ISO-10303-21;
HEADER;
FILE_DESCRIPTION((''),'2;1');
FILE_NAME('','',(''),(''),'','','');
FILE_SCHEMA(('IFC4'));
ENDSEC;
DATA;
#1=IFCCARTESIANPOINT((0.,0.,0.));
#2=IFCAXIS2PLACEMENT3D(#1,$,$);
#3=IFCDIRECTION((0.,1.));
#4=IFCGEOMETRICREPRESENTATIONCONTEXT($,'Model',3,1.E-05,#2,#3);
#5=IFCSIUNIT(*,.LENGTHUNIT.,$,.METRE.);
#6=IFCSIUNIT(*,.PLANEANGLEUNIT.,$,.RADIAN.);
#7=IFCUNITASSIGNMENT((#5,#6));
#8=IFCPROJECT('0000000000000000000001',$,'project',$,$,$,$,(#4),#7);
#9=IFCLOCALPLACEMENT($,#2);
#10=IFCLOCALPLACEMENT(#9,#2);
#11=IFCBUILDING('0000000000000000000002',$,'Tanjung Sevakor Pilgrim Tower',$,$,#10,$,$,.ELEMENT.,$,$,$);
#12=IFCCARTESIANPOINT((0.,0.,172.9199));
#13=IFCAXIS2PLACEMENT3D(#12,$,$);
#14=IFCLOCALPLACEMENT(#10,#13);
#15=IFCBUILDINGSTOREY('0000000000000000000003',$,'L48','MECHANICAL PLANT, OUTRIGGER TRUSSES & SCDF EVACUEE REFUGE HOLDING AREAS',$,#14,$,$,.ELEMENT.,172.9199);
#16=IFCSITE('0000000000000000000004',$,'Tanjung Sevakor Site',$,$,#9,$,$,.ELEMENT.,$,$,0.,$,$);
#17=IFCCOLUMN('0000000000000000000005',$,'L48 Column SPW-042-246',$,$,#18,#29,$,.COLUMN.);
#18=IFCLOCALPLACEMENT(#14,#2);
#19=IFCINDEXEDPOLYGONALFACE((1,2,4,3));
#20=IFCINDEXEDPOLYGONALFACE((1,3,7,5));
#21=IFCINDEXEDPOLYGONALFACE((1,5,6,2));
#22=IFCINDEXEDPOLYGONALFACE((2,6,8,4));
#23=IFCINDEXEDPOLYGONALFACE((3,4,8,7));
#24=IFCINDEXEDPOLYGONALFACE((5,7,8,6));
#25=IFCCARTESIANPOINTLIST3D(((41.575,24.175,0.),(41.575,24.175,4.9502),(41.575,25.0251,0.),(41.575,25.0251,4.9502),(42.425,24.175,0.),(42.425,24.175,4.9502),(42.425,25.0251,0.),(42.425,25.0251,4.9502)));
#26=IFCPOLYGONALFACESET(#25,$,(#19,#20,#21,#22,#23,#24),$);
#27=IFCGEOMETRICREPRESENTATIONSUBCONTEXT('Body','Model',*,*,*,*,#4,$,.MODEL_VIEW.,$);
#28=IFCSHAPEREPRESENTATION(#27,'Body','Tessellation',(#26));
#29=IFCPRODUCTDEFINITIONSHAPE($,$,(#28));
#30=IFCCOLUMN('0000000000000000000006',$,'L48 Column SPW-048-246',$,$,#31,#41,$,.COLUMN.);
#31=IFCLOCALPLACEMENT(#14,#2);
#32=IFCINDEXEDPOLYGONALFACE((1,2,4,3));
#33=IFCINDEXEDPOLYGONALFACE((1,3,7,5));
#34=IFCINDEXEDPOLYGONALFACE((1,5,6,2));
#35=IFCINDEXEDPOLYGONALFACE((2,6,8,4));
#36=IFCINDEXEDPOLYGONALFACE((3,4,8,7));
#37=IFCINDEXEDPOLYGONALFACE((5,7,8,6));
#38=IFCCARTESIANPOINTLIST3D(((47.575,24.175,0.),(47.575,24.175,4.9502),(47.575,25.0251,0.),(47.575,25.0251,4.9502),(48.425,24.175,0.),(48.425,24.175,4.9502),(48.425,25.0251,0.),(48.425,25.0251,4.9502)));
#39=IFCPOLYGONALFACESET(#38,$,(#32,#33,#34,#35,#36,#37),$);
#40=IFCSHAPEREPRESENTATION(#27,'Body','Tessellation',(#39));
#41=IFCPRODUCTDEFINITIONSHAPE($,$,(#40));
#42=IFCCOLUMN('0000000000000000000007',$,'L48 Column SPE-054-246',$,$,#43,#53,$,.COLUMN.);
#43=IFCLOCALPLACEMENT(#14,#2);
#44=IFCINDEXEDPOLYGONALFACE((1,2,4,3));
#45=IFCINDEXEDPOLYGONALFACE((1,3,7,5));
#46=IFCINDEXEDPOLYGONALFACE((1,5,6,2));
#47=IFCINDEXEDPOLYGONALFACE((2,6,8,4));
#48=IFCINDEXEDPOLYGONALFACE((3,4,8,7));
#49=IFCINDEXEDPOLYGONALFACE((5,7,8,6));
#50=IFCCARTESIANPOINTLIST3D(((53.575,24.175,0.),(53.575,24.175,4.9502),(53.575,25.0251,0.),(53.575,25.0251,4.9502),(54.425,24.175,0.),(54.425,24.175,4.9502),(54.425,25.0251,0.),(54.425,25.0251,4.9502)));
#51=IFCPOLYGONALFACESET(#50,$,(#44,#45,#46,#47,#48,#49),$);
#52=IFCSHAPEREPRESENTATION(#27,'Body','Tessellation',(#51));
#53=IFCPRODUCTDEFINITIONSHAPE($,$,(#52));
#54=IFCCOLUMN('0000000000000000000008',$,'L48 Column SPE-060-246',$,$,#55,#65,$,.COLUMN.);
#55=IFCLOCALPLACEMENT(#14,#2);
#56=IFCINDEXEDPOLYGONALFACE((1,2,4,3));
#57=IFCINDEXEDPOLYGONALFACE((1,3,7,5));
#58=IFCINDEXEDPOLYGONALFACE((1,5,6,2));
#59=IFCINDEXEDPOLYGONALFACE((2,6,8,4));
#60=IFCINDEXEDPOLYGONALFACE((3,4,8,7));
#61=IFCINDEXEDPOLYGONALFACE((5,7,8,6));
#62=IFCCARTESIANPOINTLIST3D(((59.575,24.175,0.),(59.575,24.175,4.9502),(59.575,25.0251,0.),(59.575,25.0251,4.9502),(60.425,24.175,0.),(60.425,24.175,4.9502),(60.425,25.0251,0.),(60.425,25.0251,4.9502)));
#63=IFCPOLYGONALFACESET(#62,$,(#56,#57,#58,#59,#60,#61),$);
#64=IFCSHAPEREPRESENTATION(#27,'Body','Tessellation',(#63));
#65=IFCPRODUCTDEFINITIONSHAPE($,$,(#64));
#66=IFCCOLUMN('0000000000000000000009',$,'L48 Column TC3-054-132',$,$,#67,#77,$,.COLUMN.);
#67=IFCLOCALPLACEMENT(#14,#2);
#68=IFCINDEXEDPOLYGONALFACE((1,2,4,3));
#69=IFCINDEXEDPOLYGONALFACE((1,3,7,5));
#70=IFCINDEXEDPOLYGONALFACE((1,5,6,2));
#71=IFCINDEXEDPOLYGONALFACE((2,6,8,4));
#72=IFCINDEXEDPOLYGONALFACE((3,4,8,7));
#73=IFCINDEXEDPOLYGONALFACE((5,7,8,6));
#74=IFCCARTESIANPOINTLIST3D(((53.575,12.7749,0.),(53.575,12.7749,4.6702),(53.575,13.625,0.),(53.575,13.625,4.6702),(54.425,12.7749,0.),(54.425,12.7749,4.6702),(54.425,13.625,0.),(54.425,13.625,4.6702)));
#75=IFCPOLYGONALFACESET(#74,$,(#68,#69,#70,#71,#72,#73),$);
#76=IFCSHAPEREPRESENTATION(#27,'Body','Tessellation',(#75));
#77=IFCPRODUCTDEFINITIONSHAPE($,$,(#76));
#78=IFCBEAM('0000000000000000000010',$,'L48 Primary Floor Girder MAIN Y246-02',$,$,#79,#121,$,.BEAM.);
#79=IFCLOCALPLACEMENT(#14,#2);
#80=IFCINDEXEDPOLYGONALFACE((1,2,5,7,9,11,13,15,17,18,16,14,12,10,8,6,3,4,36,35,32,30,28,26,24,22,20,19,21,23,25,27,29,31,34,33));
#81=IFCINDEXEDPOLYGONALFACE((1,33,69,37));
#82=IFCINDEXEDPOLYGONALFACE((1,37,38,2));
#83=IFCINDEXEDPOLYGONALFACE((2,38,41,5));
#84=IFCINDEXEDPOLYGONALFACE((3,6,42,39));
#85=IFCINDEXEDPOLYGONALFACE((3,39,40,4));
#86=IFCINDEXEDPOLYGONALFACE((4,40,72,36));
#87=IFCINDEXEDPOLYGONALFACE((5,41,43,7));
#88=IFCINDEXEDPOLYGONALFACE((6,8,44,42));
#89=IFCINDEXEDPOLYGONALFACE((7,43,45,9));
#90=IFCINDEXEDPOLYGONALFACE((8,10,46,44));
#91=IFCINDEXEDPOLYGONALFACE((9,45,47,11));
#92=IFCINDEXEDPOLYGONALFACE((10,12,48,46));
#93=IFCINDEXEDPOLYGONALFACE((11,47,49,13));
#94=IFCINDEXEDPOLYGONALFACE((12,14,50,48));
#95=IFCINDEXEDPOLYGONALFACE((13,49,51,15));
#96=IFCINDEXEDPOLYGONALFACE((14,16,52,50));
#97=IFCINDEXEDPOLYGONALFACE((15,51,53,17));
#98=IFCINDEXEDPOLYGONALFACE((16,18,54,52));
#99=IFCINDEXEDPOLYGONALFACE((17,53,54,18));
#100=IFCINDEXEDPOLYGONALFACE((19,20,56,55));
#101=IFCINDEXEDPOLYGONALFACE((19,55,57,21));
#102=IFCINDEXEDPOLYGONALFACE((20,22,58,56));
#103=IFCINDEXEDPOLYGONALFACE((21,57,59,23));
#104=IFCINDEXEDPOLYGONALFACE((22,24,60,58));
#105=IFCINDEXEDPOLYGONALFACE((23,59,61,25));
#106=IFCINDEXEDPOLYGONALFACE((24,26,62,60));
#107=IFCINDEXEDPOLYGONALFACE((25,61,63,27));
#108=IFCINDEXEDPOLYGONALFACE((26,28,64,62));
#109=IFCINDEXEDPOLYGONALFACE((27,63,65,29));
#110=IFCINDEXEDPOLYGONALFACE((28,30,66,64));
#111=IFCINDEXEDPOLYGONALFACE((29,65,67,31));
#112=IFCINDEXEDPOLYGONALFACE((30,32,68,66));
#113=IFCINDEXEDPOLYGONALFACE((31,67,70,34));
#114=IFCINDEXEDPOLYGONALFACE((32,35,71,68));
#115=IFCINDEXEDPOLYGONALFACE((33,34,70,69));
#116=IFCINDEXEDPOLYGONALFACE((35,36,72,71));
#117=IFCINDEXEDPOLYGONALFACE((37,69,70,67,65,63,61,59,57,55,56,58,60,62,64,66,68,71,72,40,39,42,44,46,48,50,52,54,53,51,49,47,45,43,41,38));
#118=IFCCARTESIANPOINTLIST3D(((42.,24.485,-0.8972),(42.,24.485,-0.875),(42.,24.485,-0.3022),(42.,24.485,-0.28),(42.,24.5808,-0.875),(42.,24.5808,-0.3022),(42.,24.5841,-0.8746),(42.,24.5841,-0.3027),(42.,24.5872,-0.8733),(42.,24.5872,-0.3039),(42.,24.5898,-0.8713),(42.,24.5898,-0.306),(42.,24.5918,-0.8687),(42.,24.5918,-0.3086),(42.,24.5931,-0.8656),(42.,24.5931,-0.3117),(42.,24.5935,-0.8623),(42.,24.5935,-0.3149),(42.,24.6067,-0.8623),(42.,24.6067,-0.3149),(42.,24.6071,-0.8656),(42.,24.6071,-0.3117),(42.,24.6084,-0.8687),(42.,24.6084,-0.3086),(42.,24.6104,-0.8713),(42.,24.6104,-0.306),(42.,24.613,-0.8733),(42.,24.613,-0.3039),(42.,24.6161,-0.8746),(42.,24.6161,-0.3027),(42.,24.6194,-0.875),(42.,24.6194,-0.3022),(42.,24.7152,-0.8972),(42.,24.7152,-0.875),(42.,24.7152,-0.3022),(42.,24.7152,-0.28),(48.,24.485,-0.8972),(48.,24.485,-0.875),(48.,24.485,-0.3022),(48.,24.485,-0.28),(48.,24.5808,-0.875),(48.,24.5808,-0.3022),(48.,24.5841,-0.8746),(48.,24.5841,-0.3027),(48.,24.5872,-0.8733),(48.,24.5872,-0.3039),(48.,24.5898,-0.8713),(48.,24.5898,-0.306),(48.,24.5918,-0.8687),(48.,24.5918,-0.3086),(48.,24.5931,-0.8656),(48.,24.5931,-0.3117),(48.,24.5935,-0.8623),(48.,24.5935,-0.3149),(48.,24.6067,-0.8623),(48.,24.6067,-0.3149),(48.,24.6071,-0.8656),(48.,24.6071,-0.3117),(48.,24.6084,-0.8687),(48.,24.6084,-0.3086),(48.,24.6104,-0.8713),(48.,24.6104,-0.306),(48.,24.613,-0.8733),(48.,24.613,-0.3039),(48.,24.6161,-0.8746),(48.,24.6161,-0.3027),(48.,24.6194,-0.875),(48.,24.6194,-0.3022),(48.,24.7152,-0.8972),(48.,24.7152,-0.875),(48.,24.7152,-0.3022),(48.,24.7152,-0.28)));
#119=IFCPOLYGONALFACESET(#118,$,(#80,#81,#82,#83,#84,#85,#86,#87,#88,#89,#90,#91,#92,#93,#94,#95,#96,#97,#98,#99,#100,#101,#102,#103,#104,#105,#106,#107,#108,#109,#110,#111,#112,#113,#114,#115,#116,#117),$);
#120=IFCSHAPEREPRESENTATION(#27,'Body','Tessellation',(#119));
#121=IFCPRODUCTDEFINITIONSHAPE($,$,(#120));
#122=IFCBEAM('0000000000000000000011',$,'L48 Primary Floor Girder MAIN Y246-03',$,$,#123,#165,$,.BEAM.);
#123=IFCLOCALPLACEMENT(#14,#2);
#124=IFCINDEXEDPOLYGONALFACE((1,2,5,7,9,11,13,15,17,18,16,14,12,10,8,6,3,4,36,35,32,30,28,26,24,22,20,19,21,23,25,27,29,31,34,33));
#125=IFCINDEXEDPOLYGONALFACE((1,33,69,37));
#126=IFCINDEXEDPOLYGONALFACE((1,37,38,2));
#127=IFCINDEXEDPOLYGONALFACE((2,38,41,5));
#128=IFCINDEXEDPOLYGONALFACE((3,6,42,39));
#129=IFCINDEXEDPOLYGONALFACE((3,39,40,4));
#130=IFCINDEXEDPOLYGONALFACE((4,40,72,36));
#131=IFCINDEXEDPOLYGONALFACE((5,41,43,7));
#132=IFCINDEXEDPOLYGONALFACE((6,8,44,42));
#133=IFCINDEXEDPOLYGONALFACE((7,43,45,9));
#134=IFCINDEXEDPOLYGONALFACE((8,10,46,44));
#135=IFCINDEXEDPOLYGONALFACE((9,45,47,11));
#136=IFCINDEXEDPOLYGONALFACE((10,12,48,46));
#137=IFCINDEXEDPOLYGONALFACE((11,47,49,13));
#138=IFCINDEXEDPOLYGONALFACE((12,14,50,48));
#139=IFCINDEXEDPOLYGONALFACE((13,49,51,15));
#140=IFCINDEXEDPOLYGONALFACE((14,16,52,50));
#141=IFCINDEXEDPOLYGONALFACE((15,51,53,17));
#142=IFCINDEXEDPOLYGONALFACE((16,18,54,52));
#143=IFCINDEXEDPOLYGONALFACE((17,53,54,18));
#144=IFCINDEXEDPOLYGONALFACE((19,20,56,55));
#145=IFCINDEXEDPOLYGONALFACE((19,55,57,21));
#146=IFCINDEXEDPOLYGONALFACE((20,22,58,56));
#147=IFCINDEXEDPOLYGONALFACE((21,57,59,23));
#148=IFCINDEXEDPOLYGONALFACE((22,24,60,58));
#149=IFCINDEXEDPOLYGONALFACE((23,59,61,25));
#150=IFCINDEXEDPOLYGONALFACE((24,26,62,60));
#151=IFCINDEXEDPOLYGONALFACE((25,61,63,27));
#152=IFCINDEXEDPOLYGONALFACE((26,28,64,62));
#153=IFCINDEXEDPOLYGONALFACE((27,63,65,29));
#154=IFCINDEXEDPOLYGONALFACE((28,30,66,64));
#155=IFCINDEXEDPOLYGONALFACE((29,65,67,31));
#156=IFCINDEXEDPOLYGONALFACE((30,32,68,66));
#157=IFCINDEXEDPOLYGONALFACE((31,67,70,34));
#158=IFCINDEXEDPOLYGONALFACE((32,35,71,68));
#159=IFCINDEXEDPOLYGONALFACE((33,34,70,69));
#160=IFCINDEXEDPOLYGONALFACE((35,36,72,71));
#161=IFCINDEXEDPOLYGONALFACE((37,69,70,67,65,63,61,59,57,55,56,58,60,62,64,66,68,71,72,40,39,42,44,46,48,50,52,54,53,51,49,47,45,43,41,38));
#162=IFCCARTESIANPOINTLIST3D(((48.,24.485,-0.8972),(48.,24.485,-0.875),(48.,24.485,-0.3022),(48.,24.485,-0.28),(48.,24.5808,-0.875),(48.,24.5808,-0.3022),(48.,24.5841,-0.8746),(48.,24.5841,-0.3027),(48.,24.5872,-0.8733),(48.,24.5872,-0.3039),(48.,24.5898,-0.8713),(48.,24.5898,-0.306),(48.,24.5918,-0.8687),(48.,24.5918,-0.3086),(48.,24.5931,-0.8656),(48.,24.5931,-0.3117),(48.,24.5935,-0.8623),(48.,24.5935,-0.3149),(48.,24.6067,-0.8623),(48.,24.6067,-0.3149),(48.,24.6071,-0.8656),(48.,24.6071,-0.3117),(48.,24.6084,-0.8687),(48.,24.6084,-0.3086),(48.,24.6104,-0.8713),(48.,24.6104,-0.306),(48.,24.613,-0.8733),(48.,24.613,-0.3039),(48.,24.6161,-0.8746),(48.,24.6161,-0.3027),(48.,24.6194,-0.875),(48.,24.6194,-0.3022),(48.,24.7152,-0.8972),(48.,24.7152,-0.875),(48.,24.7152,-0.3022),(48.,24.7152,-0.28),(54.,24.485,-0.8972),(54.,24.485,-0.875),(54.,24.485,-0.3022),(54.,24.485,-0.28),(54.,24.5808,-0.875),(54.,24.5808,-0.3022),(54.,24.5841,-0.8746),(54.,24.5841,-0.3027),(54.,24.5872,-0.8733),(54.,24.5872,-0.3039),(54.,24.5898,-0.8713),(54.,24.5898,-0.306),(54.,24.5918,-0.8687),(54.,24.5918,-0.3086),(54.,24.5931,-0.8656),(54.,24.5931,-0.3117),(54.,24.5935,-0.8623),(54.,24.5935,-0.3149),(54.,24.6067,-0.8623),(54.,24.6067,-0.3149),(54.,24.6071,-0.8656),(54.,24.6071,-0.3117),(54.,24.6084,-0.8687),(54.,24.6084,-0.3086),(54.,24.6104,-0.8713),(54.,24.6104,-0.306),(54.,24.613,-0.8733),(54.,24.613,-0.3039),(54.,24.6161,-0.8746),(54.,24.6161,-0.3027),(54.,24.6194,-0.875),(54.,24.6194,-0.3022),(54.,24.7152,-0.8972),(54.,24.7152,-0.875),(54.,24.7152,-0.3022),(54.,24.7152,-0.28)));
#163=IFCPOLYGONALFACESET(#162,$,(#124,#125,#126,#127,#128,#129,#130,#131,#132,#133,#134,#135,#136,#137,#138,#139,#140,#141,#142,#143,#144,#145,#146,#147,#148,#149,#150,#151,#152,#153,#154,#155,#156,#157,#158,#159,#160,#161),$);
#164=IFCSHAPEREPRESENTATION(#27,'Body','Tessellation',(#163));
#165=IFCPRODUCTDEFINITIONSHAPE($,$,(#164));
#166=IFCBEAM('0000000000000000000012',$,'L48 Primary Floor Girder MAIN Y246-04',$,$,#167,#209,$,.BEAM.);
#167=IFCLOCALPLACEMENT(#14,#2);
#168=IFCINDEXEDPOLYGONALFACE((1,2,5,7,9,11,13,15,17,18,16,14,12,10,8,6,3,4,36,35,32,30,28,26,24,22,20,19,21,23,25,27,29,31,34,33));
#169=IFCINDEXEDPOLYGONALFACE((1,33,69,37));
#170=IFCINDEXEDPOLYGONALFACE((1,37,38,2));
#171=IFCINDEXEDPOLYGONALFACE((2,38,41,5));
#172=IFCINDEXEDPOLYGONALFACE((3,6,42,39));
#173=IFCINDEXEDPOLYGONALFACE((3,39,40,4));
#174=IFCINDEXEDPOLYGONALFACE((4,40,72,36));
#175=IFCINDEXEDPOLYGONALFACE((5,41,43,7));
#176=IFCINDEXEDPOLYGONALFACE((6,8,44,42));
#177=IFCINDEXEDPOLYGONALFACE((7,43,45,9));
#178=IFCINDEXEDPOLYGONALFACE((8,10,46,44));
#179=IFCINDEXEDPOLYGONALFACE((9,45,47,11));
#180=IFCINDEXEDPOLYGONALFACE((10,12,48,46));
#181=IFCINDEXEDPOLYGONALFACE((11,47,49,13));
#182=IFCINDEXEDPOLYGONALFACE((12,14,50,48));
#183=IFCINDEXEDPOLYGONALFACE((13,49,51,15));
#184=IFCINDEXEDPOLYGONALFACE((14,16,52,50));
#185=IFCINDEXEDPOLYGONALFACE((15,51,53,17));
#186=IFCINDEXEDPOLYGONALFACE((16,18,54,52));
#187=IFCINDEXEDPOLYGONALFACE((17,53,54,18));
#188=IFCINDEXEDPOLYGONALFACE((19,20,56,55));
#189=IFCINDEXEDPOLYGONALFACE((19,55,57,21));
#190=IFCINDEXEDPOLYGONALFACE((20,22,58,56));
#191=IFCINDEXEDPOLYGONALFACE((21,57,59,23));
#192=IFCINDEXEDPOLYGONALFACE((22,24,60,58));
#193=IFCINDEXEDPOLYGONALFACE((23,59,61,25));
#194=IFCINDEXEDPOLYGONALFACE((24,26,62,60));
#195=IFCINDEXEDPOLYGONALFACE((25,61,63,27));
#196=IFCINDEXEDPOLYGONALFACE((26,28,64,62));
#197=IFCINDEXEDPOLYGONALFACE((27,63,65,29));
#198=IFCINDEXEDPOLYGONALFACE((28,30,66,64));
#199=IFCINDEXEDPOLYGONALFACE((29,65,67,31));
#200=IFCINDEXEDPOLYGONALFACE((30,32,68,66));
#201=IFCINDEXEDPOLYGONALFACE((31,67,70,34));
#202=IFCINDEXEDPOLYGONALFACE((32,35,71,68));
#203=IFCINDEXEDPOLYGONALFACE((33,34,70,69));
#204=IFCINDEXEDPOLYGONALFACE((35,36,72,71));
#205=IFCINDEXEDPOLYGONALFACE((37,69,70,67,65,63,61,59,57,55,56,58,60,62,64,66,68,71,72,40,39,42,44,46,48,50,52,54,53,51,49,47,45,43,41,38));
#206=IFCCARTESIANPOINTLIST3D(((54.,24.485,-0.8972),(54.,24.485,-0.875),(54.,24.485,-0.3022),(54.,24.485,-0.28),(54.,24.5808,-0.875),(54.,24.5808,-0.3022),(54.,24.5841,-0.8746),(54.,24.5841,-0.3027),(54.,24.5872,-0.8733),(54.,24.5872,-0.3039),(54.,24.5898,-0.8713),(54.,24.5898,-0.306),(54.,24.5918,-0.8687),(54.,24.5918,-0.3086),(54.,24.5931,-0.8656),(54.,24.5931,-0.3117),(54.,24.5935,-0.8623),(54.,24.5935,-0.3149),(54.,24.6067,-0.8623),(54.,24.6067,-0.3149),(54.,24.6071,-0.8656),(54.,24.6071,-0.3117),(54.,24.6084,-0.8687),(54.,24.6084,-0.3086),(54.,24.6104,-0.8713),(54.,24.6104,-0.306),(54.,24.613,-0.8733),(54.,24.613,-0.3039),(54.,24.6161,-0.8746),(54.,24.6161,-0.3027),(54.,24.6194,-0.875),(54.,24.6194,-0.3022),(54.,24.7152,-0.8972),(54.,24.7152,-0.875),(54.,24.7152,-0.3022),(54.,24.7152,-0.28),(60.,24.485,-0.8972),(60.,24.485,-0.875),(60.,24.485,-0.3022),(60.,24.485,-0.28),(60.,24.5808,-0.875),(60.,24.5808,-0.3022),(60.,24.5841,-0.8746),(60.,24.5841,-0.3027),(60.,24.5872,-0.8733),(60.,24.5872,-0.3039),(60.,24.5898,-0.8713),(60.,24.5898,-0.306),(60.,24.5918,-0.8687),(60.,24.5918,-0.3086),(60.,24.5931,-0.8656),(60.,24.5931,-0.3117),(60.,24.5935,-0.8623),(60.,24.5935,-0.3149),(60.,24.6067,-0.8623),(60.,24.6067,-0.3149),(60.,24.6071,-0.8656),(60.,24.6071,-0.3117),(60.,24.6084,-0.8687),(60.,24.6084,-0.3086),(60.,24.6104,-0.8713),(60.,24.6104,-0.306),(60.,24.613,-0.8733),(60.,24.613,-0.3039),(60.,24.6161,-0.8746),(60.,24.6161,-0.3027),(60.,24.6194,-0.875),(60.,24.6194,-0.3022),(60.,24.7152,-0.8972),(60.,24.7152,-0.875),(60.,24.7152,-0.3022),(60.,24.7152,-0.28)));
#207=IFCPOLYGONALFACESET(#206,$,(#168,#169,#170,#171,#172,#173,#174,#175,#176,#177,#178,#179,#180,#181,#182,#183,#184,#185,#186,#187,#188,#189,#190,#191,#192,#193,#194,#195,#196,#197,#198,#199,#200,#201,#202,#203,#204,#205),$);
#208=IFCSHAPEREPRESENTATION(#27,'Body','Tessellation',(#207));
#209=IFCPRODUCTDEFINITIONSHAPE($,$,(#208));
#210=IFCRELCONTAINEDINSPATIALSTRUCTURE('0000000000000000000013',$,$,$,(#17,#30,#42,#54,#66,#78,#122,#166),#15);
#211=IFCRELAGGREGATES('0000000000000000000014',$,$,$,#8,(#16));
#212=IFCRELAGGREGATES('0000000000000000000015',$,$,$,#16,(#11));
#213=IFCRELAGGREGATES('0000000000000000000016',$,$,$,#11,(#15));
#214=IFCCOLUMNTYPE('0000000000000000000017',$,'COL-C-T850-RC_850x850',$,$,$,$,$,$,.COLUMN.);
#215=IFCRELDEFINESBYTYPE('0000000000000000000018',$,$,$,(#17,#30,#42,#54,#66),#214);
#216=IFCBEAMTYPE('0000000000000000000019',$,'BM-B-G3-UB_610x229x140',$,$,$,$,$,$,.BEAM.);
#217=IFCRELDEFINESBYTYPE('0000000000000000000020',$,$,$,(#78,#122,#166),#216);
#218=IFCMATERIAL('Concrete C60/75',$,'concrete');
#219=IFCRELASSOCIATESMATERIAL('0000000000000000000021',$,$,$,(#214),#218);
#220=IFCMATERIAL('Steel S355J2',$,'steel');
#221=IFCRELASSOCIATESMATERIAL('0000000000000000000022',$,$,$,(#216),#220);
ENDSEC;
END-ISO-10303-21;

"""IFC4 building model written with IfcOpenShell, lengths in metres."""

from ifc_helpers import new_model, si_unit, direction, frame, origin, origin_2d, place, context, subcontext, project, spatial, rectangle, i_section, extrude, material, material_profile, profile_set, type_object, element, save


model = new_model("IFC4")

# Units and contexts
model_context = context("Model", 3, precision=1e-05, world=origin(), true_north=direction((0.0, 1.0)))
body_context = subcontext(model_context, "Body", "Model", "MODEL_VIEW")
ifc_project = project(units=[si_unit("LENGTHUNIT", "METRE"), si_unit("PLANEANGLEUNIT", "RADIAN")], contexts=[model_context])

# Site, building, storey
site_placement = place(None, origin())
site = spatial("IfcSite", under=ifc_project, at=site_placement, Name="Tanjung Sevakor Site", CompositionType="ELEMENT", RefElevation=0.0)
building_placement = place(site_placement, origin())
building = spatial("IfcBuilding", under=site, at=building_placement, Name="Tanjung Sevakor Pilgrim Tower", CompositionType="ELEMENT")
storey_placement = place(building_placement, frame((0.0, 0.0, 172.9199)))
storey = spatial("IfcBuildingStorey", under=building, at=storey_placement, Name="L48", Description="MECHANICAL PLANT, OUTRIGGER TRUSSES & SCDF EVACUEE REFUGE HOLDING AREAS", CompositionType="ELEMENT", Elevation=172.9199)

# Columns
ifc_material_1 = material(Name="Concrete C60/75", Category="concrete")
ifc_material_profile_1 = material_profile(ifc_material_1, rectangle(XDim=0.8501, YDim=0.8501, at=origin_2d()))
ifc_profile_set_1 = profile_set([ifc_material_profile_1], Name="Concrete C60/75")
column_type = type_object("IfcColumnType", Name="COL-C-T850-RC_850x850", PredefinedType="COLUMN", material=ifc_profile_set_1)
for number, where, z_axis, x_axis, name in (
    (1, (42.0, 24.6001, 0.0), (0.0, 0.0, 1.0), (1.0, 0.0, 0.0), "L48 Column SPW-042-246"),
    (2, (48.0, 24.6001, 0.0), (0.0, 0.0, 1.0), (1.0, 0.0, 0.0), "L48 Column SPW-048-246"),
    (3, (54.0, 24.6001, 0.0), (0.0, 0.0, 1.0), (1.0, 0.0, 0.0), "L48 Column SPE-054-246"),
    (4, (60.0, 24.6001, 0.0), (0.0, 0.0, 1.0), (1.0, 0.0, 0.0), "L48 Column SPE-060-246"),
):
    element("IfcColumn", number, at=place(storey_placement, frame(where, z_axis=z_axis, x_axis=x_axis)), inside=storey, type_object=column_type, Name=name, PredefinedType="COLUMN", context=body_context, shape_type="SweptSolid", body=[
        extrude(rectangle(XDim=0.8501, YDim=0.8501, at=origin_2d()), origin(), (0.0, 0.0, 1.0), 4.9502),
    ])
column_placement = place(storey_placement, frame((54.0, 13.2, 0.0), z_axis=(0.0, 0.0, 1.0), x_axis=(1.0, 0.0, 0.0)))
element("IfcColumn", 5, at=column_placement, inside=storey, type_object=column_type, Name="L48 Column TC3-054-132", PredefinedType="COLUMN", context=body_context, shape_type="SweptSolid", body=[
    extrude(rectangle(XDim=0.8501, YDim=0.8501, at=origin_2d()), origin(), (0.0, 0.0, 1.0), 4.6702),
])

# Beams
ifc_material_2 = material(Name="Steel S355J2", Category="steel")
ifc_material_profile_2 = material_profile(ifc_material_2, i_section(OverallWidth=0.2302, OverallDepth=0.6172, WebThickness=0.0132, FlangeThickness=0.0222, FilletRadius=0.0127, at=origin_2d()))
ifc_profile_set_2 = profile_set([ifc_material_profile_2], Name="Steel S355J2")
beam_type_1 = type_object("IfcBeamType", Name="BM-B-G3-UB_610x229x140", PredefinedType="BEAM", material=ifc_profile_set_2)
for number, where, z_axis, x_axis, name in (
    (6, (42.0, 24.6001, -0.5886), (1.0, 0.0, 0.0), (0.0, 1.0, 0.0), "L48 Primary Floor Girder MAIN Y246-02"),
    (7, (48.0, 24.6001, -0.5886), (1.0, 0.0, 0.0), (0.0, 1.0, 0.0), "L48 Primary Floor Girder MAIN Y246-03"),
    (8, (54.0, 24.6001, -0.5886), (1.0, 0.0, 0.0), (0.0, 1.0, 0.0), "L48 Primary Floor Girder MAIN Y246-04"),
):
    element("IfcBeam", number, at=place(storey_placement, frame(where, z_axis=z_axis, x_axis=x_axis)), inside=storey, type_object=beam_type_1, Name=name, PredefinedType="BEAM", context=body_context, shape_type="SweptSolid", body=[
        extrude(i_section(OverallWidth=0.2302, OverallDepth=0.6172, WebThickness=0.0132, FlangeThickness=0.0222, FilletRadius=0.0127, at=origin_2d()), origin(), (0.0, 0.0, 1.0), 6.0),
    ])

save(model, "model.ifc")
